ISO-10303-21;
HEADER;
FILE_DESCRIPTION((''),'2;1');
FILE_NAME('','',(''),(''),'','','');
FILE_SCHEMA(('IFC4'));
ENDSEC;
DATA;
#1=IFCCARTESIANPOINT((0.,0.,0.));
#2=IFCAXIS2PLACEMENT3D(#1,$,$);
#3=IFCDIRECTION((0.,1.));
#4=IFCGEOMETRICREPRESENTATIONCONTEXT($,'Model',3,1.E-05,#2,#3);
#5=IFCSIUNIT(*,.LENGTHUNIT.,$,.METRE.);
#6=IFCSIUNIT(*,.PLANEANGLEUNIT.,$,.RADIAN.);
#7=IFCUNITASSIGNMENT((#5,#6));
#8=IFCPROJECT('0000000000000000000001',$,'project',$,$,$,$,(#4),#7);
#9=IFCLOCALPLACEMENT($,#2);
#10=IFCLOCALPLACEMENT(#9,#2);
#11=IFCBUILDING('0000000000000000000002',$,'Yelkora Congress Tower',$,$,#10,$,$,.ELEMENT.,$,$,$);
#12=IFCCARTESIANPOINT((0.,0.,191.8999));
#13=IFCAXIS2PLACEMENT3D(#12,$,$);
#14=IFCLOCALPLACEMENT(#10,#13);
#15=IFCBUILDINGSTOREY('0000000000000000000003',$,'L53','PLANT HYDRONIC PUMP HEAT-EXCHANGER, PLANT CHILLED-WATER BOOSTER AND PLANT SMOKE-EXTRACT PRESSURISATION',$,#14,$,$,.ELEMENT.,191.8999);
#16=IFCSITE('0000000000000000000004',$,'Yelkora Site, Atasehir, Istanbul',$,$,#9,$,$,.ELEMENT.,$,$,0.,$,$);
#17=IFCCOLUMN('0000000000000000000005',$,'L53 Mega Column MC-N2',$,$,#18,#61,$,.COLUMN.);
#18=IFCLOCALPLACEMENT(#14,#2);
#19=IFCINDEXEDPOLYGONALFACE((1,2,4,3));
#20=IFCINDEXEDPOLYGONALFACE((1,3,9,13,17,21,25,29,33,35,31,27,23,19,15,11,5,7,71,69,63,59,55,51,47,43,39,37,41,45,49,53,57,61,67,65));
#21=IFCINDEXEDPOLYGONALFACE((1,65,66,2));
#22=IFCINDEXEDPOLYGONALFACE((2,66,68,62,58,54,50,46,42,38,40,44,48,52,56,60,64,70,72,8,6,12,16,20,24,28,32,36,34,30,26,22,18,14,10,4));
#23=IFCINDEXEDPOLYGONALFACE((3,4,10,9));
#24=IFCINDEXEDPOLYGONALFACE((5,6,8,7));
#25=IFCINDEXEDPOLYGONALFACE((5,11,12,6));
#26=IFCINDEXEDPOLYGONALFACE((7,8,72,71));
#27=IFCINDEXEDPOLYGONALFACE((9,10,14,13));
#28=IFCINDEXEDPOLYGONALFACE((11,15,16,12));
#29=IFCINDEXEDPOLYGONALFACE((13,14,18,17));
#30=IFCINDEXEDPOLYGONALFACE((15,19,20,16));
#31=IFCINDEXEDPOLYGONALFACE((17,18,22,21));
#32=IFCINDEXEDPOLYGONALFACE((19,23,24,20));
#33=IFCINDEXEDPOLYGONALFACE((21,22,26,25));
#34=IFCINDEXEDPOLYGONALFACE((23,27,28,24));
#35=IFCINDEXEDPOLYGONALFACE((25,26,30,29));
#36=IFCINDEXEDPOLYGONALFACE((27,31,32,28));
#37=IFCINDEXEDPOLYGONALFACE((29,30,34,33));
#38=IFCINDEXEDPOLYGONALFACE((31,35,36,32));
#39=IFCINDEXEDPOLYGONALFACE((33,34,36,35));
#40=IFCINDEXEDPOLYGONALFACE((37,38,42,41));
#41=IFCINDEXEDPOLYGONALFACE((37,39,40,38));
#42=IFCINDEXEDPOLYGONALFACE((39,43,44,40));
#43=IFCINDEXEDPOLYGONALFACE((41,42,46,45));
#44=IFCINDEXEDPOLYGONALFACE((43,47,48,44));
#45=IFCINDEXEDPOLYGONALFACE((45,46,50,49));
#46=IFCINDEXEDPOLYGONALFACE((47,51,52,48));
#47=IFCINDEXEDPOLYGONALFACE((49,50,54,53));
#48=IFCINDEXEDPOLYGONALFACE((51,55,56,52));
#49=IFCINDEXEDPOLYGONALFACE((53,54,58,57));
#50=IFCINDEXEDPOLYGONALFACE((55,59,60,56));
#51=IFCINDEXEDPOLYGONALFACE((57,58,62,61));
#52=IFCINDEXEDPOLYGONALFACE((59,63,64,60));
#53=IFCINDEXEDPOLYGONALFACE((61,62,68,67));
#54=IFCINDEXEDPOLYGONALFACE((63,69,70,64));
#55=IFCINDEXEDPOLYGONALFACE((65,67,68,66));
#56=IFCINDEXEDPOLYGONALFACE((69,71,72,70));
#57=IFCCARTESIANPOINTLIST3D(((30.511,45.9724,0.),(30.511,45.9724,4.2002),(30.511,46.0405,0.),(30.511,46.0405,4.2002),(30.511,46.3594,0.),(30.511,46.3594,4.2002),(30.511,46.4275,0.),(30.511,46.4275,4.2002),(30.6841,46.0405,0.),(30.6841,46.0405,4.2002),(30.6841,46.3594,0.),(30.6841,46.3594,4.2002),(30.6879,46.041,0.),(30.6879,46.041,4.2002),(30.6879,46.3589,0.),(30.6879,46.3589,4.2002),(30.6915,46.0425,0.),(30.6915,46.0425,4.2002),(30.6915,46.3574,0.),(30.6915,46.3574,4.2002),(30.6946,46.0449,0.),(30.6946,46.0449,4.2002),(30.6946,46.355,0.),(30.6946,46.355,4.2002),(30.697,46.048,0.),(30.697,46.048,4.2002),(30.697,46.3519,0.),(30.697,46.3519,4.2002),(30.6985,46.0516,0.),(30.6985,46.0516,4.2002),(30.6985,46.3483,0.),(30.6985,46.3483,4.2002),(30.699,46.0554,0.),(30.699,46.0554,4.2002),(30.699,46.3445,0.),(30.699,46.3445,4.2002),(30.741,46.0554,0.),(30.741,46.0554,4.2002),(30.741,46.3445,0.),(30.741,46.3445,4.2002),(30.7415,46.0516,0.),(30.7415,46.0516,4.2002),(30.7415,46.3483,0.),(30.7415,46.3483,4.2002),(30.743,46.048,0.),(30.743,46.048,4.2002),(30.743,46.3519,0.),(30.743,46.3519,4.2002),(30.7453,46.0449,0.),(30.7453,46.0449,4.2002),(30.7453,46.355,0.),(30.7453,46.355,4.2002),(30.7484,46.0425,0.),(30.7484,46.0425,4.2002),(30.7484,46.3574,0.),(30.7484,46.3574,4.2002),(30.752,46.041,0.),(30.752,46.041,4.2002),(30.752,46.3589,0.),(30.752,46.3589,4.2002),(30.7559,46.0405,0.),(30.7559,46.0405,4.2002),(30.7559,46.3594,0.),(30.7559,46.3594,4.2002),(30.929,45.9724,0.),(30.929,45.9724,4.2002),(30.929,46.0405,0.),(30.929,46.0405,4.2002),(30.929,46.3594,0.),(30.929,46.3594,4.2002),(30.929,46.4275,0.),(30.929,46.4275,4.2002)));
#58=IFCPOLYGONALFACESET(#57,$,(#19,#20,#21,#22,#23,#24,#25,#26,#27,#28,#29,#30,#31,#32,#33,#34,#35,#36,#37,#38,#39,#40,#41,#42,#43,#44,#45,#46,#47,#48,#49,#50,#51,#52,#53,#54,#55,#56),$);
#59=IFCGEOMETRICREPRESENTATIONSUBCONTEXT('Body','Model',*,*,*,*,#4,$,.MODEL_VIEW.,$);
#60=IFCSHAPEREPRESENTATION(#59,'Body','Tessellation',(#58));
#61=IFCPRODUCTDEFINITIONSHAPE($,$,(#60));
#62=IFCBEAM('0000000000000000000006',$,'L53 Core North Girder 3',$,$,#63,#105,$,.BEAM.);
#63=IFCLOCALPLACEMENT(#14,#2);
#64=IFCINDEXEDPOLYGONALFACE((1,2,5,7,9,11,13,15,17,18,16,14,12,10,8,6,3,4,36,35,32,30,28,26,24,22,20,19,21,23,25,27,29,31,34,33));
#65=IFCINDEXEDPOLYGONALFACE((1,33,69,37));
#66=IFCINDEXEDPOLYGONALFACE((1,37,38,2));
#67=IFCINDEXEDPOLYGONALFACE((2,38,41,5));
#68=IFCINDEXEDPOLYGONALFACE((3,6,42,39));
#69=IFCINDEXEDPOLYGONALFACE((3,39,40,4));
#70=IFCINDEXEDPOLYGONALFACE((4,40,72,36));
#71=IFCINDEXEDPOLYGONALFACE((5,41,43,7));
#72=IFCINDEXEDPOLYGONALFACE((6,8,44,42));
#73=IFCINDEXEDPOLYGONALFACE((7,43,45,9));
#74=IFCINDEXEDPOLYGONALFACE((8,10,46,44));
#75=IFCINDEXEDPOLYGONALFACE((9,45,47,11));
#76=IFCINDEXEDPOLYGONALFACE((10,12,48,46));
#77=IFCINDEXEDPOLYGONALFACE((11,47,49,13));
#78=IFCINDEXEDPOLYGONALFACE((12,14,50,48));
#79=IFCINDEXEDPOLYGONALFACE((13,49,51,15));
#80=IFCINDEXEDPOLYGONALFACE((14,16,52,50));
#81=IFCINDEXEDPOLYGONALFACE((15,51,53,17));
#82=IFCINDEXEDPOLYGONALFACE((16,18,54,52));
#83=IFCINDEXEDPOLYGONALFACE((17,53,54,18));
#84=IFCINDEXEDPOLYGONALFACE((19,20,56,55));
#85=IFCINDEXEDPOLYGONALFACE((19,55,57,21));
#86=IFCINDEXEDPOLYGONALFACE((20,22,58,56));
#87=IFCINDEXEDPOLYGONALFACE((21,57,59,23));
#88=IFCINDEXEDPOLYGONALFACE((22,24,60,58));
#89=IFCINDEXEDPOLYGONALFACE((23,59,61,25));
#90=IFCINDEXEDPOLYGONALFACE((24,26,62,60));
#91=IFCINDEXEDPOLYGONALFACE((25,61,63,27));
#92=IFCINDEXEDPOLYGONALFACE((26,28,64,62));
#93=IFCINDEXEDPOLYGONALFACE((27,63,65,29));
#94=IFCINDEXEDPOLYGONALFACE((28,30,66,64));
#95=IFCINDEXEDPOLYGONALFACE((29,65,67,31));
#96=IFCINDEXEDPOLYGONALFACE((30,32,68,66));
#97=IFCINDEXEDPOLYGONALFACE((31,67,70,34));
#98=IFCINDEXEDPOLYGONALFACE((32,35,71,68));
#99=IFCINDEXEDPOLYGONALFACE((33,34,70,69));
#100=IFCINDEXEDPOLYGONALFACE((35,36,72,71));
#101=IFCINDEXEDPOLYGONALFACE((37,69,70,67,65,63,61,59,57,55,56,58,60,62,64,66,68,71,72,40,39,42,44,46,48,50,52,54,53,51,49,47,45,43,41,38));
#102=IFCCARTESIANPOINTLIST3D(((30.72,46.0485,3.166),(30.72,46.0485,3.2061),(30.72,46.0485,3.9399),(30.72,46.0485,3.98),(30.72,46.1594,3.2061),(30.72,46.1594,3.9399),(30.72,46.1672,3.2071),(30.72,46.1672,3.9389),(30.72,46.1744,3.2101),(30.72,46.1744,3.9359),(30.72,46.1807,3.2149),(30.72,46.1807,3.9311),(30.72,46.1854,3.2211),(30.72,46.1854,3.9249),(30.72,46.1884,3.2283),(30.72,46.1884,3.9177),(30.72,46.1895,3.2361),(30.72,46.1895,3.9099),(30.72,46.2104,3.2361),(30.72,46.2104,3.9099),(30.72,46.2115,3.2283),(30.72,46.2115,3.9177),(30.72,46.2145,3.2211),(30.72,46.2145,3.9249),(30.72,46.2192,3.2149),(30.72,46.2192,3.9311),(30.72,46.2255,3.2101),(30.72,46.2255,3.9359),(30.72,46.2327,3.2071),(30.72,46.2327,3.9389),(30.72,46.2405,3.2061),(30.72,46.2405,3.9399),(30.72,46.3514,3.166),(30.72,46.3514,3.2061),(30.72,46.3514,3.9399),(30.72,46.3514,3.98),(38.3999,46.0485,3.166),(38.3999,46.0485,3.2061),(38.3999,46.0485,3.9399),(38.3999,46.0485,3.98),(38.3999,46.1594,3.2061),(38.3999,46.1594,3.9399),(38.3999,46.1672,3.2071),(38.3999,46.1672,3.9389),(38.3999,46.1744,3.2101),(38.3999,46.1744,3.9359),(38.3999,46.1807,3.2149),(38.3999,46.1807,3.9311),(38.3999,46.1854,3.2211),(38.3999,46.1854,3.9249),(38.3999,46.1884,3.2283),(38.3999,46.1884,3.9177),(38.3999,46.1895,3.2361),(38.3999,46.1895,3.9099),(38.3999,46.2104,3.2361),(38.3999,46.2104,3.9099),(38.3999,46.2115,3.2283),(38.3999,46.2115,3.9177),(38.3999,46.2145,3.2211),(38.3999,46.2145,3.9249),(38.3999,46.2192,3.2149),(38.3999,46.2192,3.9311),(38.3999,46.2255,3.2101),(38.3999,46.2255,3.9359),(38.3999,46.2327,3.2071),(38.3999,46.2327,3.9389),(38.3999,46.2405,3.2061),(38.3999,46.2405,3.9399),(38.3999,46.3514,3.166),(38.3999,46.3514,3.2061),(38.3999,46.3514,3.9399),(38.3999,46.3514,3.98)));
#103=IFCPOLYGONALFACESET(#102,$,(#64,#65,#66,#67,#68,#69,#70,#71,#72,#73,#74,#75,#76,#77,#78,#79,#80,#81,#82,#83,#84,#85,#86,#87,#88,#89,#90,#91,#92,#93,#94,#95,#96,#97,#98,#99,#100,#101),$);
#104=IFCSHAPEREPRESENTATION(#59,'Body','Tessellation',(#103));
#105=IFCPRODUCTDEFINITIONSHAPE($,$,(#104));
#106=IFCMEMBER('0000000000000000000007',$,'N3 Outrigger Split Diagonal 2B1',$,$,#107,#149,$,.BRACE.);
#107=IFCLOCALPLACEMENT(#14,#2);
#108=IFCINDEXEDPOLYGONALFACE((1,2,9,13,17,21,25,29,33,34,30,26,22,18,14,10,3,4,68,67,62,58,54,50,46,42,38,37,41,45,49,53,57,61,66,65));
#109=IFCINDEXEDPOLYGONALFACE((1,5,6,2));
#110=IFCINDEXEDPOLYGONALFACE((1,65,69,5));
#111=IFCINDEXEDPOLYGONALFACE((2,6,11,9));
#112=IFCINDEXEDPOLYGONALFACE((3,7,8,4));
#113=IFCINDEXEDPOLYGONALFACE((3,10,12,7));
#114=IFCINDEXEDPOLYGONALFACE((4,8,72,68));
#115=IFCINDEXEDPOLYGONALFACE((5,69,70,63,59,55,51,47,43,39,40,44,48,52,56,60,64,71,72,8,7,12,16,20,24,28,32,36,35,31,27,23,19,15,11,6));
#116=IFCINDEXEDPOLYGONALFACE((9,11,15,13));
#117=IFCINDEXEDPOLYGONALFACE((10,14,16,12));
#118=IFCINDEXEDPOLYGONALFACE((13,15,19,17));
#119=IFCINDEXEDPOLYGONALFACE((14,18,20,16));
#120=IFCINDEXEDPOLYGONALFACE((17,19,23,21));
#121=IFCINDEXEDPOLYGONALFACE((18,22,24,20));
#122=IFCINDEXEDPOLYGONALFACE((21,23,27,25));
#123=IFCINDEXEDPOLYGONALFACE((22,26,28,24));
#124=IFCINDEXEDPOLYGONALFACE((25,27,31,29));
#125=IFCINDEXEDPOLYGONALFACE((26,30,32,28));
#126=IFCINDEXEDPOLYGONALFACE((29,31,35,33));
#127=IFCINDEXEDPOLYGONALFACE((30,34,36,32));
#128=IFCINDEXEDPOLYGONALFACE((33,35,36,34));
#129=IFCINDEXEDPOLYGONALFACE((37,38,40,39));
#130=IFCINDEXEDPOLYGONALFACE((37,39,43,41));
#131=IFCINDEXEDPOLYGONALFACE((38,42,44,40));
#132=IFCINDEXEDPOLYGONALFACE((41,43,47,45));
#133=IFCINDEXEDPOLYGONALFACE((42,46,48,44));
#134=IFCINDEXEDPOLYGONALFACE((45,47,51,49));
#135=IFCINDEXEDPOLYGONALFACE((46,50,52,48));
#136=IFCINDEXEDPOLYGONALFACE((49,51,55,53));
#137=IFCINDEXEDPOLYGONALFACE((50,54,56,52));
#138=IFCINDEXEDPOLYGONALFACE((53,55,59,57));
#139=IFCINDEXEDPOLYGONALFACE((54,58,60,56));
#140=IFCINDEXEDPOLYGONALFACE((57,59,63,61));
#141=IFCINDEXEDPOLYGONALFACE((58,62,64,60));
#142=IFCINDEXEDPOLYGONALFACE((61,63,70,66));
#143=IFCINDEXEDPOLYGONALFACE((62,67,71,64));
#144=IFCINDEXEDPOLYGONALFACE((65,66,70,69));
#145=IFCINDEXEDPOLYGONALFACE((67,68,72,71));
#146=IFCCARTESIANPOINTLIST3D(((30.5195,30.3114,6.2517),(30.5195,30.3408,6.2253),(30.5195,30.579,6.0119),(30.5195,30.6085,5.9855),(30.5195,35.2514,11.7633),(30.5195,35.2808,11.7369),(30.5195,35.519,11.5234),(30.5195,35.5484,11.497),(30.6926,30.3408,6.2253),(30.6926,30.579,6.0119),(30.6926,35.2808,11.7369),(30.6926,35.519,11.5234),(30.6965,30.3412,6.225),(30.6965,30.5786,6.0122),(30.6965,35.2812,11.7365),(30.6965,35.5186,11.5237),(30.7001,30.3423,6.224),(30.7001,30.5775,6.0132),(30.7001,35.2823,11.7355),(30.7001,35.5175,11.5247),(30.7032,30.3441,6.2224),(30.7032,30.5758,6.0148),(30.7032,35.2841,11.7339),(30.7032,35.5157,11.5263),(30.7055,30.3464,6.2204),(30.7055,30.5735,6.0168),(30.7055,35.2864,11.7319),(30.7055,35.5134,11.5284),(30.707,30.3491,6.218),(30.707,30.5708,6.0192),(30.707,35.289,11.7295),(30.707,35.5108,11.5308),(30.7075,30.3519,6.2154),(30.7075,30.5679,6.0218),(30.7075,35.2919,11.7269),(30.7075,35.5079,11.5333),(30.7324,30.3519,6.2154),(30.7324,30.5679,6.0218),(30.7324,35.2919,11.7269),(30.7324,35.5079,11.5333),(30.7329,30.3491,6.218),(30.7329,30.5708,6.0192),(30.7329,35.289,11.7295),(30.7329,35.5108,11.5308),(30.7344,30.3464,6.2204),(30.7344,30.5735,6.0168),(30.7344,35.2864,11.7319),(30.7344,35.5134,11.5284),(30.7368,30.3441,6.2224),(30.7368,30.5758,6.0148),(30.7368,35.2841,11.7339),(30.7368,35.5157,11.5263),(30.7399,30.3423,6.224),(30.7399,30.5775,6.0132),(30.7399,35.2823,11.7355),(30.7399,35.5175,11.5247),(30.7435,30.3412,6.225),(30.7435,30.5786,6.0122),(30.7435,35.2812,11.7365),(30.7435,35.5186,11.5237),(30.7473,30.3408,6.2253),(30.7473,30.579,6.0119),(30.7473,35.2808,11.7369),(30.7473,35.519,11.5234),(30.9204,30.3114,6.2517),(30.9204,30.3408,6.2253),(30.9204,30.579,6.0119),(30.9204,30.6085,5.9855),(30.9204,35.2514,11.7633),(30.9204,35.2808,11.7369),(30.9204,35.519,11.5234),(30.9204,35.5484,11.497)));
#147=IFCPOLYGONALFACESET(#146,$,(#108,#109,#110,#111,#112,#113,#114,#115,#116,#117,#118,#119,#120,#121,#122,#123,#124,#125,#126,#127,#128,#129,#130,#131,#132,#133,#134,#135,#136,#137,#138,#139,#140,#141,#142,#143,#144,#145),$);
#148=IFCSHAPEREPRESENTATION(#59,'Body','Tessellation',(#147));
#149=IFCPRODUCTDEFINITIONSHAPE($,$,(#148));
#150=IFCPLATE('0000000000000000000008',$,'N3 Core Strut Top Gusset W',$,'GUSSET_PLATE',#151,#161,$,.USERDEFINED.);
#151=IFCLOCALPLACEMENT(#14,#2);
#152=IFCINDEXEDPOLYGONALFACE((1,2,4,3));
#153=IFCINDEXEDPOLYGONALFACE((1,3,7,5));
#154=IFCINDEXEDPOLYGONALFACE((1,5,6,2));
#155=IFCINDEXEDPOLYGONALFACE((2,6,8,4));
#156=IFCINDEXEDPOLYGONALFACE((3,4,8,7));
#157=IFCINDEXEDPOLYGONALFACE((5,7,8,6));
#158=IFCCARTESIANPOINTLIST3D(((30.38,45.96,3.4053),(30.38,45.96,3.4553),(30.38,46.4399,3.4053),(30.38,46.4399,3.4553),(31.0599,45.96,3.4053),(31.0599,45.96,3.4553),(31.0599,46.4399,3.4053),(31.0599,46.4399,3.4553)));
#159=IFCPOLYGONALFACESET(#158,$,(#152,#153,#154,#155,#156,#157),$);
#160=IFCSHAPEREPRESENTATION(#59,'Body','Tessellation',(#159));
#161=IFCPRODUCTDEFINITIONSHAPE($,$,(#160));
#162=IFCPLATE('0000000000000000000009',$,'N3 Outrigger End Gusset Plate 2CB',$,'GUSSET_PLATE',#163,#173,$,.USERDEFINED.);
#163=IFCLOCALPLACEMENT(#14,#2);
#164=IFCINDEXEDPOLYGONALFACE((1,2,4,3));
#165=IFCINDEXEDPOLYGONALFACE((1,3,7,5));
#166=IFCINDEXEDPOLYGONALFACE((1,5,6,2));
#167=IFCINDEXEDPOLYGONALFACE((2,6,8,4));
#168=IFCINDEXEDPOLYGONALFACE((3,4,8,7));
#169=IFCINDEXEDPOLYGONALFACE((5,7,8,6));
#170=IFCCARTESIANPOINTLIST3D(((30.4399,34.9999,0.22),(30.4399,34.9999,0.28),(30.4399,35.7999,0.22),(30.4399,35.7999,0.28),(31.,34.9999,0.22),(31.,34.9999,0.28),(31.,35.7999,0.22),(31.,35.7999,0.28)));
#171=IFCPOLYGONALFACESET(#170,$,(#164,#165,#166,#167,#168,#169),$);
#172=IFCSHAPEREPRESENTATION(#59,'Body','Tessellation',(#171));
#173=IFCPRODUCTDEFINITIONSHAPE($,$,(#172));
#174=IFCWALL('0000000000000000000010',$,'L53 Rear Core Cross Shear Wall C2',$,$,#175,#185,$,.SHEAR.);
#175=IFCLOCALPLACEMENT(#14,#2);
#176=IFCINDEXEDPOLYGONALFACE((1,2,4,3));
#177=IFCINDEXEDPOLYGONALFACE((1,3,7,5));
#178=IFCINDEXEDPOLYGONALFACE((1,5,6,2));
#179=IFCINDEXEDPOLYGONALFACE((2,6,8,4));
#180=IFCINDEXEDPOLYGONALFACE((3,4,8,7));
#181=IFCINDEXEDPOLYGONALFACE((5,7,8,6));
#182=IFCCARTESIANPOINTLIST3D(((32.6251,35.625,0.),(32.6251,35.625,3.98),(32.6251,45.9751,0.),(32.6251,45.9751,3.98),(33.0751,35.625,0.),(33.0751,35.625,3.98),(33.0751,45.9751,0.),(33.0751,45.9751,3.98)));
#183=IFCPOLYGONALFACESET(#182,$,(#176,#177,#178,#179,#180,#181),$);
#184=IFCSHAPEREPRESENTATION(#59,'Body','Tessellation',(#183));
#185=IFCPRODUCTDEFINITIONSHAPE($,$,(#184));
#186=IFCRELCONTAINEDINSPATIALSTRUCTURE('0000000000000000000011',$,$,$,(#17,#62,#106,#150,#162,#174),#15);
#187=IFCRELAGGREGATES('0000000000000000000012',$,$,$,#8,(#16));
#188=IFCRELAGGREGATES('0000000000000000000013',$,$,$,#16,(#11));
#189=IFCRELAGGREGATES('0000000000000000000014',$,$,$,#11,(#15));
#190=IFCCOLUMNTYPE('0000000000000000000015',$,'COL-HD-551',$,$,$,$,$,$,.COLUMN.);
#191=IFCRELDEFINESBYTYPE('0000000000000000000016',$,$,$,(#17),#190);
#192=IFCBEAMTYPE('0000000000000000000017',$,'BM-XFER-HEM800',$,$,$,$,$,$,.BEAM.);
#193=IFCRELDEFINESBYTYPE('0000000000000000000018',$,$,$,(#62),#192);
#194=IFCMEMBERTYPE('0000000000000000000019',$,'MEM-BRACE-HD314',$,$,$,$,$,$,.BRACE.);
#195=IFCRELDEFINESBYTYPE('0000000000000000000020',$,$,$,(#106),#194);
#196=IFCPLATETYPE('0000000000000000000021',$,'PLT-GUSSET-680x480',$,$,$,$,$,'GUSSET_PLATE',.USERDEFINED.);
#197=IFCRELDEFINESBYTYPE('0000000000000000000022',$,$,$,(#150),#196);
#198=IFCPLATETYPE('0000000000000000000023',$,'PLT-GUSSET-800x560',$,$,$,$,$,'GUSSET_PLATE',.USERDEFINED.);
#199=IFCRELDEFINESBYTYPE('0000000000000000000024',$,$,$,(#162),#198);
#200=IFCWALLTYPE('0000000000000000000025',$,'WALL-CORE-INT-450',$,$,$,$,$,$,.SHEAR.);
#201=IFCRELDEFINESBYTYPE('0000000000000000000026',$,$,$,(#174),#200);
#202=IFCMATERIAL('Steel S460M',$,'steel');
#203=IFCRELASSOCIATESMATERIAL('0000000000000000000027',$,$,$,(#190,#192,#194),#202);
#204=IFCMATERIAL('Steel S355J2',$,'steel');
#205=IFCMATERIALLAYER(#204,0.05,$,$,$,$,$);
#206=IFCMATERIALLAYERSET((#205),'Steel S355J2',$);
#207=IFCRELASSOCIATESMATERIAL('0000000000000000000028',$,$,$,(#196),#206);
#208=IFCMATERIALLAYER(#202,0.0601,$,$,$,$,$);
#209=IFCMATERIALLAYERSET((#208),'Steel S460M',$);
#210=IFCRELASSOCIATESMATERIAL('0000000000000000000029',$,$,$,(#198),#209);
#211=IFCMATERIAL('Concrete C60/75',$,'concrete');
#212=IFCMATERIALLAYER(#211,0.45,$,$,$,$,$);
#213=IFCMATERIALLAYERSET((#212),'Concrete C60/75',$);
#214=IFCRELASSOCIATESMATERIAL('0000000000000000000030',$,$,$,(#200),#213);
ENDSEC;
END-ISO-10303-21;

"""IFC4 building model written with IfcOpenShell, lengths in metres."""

from ifc_helpers import new_model, si_unit, direction, frame, frame_2d, origin, origin_2d, place, context, subcontext, project, spatial, rectangle, i_section, extrude, material, layer, layer_set, material_profile, profile_set, type_object, element, save


model = new_model("IFC4")

# Units and contexts
model_context = context("Model", 3, precision=1e-05, world=origin(), true_north=direction((0.0, 1.0)))
body_context = subcontext(model_context, "Body", "Model", "MODEL_VIEW")
ifc_project = project(units=[si_unit("LENGTHUNIT", "METRE"), si_unit("PLANEANGLEUNIT", "RADIAN")], contexts=[model_context])

# Site, building, storey
site_placement = place(None, origin())
site = spatial("IfcSite", under=ifc_project, at=site_placement, Name="Yelkora Site, Atasehir, Istanbul", CompositionType="ELEMENT", RefElevation=0.0)
building_placement = place(site_placement, origin())
building = spatial("IfcBuilding", under=site, at=building_placement, Name="Yelkora Congress Tower", CompositionType="ELEMENT")
storey_placement = place(building_placement, frame((0.0, 0.0, 191.8999)))
storey = spatial("IfcBuildingStorey", under=building, at=storey_placement, Name="L53", Description="PLANT HYDRONIC PUMP HEAT-EXCHANGER, PLANT CHILLED-WATER BOOSTER AND PLANT SMOKE-EXTRACT PRESSURISATION", CompositionType="ELEMENT", Elevation=191.8999)

# Column
ifc_material_1 = material(Name="Steel S460M", Category="steel")
ifc_material_profile_1 = material_profile(ifc_material_1, i_section(OverallWidth=0.418, OverallDepth=0.4551, WebThickness=0.042, FlangeThickness=0.0681, FilletRadius=0.0149, at=origin_2d()), Name="HD 400x551")
ifc_profile_set_1 = profile_set([ifc_material_profile_1], Name="Steel S460M")
column_type = type_object("IfcColumnType", Name="COL-HD-551", PredefinedType="COLUMN", material=ifc_profile_set_1)
column_placement = place(storey_placement, frame((30.72, 46.2, 0.0), z_axis=(0.0, 0.0, 1.0), x_axis=(1.0, 0.0, 0.0)))
element("IfcColumn", 1, at=column_placement, inside=storey, type_object=column_type, Name="L53 Mega Column MC-N2", PredefinedType="COLUMN", context=body_context, shape_type="SweptSolid", body=[
    extrude(i_section(OverallWidth=0.418, OverallDepth=0.4551, WebThickness=0.042, FlangeThickness=0.0681, FilletRadius=0.0149, at=origin_2d()), origin(), (0.0, 0.0, 1.0), 4.2002),
])

# Beam
ifc_material_profile_2 = material_profile(ifc_material_1, i_section(OverallWidth=0.303, OverallDepth=0.814, WebThickness=0.021, FlangeThickness=0.04, FilletRadius=0.03, at=origin_2d()), Name="HEM 800")
ifc_profile_set_2 = profile_set([ifc_material_profile_2], Name="Steel S460M")
beam_type = type_object("IfcBeamType", Name="BM-XFER-HEM800", PredefinedType="BEAM", material=ifc_profile_set_2)
beam_placement = place(storey_placement, frame((30.72, 46.2, 3.573), z_axis=(1.0, 0.0, 0.0), x_axis=(0.0, 1.0, 0.0)))
element("IfcBeam", 2, at=beam_placement, inside=storey, type_object=beam_type, Name="L53 Core North Girder 3", PredefinedType="BEAM", context=body_context, shape_type="SweptSolid", body=[
    extrude(i_section(OverallWidth=0.303, OverallDepth=0.814, WebThickness=0.021, FlangeThickness=0.04, FilletRadius=0.03, at=origin_2d()), origin(), (0.0, 0.0, 1.0), 7.6799),
])

# Member
ifc_material_profile_3 = material_profile(ifc_material_1, i_section(OverallWidth=0.4009, OverallDepth=0.3989, WebThickness=0.0249, FlangeThickness=0.0396, FilletRadius=0.0149, at=origin_2d()), Name="HD 400x314")
ifc_profile_set_3 = profile_set([ifc_material_profile_3], Name="Steel S460M")
member_type = type_object("IfcMemberType", Name="MEM-BRACE-HD314", PredefinedType="BRACE", material=ifc_profile_set_3)
member_placement = place(storey_placement, frame((30.72, 35.3999, 11.6301), z_axis=(0.0, -0.667442, -0.744662), x_axis=(1.0, 0.0, 0.0)))
element("IfcMember", 3, at=member_placement, inside=storey, type_object=member_type, Name="N3 Outrigger Split Diagonal 2B1", PredefinedType="BRACE", context=body_context, shape_type="SweptSolid", body=[
    extrude(i_section(OverallWidth=0.4009, OverallDepth=0.3989, WebThickness=0.0249, FlangeThickness=0.0396, FilletRadius=0.0149, at=origin_2d()), origin(), (0.0, 0.0, 1.0), 7.4014),
])

# Plates
ifc_material_2 = material(Name="Steel S355J2", Category="steel")
ifc_layer_1 = layer(ifc_material_2, 0.05)
ifc_layer_set_1 = layer_set([ifc_layer_1], Name="Steel S355J2")
plate_type_1 = type_object("IfcPlateType", Name="PLT-GUSSET-680x480", ElementType="GUSSET_PLATE", PredefinedType="USERDEFINED", material=ifc_layer_set_1)
plate_1_placement = place(storey_placement, frame((30.72, 46.2, 3.4053), z_axis=(0.0, 0.0, 1.0), x_axis=(1.0, 0.0, 0.0)))
element("IfcPlate", 4, at=plate_1_placement, inside=storey, type_object=plate_type_1, Name="N3 Core Strut Top Gusset W", ObjectType="GUSSET_PLATE", PredefinedType="USERDEFINED", context=body_context, shape_type="SweptSolid", body=[
    extrude(rectangle(XDim=0.6799, YDim=0.48, at=origin_2d()), origin(), (0.0, 0.0, 1.0), 0.05),
])
ifc_layer_2 = layer(ifc_material_1, 0.0601)
ifc_layer_set_2 = layer_set([ifc_layer_2], Name="Steel S460M")
plate_type_2 = type_object("IfcPlateType", Name="PLT-GUSSET-800x560", ElementType="GUSSET_PLATE", PredefinedType="USERDEFINED", material=ifc_layer_set_2)
plate_2_placement = place(storey_placement, frame((30.72, 35.3999, 0.22), z_axis=(0.0, 0.0, 1.0), x_axis=(0.0, 1.0, 0.0)))
element("IfcPlate", 5, at=plate_2_placement, inside=storey, type_object=plate_type_2, Name="N3 Outrigger End Gusset Plate 2CB", ObjectType="GUSSET_PLATE", PredefinedType="USERDEFINED", context=body_context, shape_type="SweptSolid", body=[
    extrude(rectangle(XDim=0.8, YDim=0.5601, at=origin_2d()), origin(), (0.0, 0.0, 1.0), 0.0601),
])

# Shared definitions
ifc_material_3 = material(Name="Concrete C60/75", Category="concrete")
ifc_layer_3 = layer(ifc_material_3, 0.45)
ifc_layer_set_3 = layer_set([ifc_layer_3], Name="Concrete C60/75")
wall_type_1 = type_object("IfcWallType", Name="WALL-CORE-INT-450", PredefinedType="SHEAR", material=ifc_layer_set_3)

# Wall
wall_1_placement = place(storey_placement, frame((32.8501, 35.625, 0.0), z_axis=(0.0, 0.0, 1.0), x_axis=(0.0, 1.0, 0.0)))
element("IfcWall", 6, at=wall_1_placement, inside=storey, type_object=wall_type_1, Name="L53 Rear Core Cross Shear Wall C2", PredefinedType="SHEAR", context=body_context, shape_type="SweptSolid", body=[
    extrude(rectangle(XDim=10.3501, YDim=0.45, at=frame_2d((5.175, 0.0))), origin(), (0.0, 0.0, 1.0), 3.98),
])

save(model, "model.ifc")
